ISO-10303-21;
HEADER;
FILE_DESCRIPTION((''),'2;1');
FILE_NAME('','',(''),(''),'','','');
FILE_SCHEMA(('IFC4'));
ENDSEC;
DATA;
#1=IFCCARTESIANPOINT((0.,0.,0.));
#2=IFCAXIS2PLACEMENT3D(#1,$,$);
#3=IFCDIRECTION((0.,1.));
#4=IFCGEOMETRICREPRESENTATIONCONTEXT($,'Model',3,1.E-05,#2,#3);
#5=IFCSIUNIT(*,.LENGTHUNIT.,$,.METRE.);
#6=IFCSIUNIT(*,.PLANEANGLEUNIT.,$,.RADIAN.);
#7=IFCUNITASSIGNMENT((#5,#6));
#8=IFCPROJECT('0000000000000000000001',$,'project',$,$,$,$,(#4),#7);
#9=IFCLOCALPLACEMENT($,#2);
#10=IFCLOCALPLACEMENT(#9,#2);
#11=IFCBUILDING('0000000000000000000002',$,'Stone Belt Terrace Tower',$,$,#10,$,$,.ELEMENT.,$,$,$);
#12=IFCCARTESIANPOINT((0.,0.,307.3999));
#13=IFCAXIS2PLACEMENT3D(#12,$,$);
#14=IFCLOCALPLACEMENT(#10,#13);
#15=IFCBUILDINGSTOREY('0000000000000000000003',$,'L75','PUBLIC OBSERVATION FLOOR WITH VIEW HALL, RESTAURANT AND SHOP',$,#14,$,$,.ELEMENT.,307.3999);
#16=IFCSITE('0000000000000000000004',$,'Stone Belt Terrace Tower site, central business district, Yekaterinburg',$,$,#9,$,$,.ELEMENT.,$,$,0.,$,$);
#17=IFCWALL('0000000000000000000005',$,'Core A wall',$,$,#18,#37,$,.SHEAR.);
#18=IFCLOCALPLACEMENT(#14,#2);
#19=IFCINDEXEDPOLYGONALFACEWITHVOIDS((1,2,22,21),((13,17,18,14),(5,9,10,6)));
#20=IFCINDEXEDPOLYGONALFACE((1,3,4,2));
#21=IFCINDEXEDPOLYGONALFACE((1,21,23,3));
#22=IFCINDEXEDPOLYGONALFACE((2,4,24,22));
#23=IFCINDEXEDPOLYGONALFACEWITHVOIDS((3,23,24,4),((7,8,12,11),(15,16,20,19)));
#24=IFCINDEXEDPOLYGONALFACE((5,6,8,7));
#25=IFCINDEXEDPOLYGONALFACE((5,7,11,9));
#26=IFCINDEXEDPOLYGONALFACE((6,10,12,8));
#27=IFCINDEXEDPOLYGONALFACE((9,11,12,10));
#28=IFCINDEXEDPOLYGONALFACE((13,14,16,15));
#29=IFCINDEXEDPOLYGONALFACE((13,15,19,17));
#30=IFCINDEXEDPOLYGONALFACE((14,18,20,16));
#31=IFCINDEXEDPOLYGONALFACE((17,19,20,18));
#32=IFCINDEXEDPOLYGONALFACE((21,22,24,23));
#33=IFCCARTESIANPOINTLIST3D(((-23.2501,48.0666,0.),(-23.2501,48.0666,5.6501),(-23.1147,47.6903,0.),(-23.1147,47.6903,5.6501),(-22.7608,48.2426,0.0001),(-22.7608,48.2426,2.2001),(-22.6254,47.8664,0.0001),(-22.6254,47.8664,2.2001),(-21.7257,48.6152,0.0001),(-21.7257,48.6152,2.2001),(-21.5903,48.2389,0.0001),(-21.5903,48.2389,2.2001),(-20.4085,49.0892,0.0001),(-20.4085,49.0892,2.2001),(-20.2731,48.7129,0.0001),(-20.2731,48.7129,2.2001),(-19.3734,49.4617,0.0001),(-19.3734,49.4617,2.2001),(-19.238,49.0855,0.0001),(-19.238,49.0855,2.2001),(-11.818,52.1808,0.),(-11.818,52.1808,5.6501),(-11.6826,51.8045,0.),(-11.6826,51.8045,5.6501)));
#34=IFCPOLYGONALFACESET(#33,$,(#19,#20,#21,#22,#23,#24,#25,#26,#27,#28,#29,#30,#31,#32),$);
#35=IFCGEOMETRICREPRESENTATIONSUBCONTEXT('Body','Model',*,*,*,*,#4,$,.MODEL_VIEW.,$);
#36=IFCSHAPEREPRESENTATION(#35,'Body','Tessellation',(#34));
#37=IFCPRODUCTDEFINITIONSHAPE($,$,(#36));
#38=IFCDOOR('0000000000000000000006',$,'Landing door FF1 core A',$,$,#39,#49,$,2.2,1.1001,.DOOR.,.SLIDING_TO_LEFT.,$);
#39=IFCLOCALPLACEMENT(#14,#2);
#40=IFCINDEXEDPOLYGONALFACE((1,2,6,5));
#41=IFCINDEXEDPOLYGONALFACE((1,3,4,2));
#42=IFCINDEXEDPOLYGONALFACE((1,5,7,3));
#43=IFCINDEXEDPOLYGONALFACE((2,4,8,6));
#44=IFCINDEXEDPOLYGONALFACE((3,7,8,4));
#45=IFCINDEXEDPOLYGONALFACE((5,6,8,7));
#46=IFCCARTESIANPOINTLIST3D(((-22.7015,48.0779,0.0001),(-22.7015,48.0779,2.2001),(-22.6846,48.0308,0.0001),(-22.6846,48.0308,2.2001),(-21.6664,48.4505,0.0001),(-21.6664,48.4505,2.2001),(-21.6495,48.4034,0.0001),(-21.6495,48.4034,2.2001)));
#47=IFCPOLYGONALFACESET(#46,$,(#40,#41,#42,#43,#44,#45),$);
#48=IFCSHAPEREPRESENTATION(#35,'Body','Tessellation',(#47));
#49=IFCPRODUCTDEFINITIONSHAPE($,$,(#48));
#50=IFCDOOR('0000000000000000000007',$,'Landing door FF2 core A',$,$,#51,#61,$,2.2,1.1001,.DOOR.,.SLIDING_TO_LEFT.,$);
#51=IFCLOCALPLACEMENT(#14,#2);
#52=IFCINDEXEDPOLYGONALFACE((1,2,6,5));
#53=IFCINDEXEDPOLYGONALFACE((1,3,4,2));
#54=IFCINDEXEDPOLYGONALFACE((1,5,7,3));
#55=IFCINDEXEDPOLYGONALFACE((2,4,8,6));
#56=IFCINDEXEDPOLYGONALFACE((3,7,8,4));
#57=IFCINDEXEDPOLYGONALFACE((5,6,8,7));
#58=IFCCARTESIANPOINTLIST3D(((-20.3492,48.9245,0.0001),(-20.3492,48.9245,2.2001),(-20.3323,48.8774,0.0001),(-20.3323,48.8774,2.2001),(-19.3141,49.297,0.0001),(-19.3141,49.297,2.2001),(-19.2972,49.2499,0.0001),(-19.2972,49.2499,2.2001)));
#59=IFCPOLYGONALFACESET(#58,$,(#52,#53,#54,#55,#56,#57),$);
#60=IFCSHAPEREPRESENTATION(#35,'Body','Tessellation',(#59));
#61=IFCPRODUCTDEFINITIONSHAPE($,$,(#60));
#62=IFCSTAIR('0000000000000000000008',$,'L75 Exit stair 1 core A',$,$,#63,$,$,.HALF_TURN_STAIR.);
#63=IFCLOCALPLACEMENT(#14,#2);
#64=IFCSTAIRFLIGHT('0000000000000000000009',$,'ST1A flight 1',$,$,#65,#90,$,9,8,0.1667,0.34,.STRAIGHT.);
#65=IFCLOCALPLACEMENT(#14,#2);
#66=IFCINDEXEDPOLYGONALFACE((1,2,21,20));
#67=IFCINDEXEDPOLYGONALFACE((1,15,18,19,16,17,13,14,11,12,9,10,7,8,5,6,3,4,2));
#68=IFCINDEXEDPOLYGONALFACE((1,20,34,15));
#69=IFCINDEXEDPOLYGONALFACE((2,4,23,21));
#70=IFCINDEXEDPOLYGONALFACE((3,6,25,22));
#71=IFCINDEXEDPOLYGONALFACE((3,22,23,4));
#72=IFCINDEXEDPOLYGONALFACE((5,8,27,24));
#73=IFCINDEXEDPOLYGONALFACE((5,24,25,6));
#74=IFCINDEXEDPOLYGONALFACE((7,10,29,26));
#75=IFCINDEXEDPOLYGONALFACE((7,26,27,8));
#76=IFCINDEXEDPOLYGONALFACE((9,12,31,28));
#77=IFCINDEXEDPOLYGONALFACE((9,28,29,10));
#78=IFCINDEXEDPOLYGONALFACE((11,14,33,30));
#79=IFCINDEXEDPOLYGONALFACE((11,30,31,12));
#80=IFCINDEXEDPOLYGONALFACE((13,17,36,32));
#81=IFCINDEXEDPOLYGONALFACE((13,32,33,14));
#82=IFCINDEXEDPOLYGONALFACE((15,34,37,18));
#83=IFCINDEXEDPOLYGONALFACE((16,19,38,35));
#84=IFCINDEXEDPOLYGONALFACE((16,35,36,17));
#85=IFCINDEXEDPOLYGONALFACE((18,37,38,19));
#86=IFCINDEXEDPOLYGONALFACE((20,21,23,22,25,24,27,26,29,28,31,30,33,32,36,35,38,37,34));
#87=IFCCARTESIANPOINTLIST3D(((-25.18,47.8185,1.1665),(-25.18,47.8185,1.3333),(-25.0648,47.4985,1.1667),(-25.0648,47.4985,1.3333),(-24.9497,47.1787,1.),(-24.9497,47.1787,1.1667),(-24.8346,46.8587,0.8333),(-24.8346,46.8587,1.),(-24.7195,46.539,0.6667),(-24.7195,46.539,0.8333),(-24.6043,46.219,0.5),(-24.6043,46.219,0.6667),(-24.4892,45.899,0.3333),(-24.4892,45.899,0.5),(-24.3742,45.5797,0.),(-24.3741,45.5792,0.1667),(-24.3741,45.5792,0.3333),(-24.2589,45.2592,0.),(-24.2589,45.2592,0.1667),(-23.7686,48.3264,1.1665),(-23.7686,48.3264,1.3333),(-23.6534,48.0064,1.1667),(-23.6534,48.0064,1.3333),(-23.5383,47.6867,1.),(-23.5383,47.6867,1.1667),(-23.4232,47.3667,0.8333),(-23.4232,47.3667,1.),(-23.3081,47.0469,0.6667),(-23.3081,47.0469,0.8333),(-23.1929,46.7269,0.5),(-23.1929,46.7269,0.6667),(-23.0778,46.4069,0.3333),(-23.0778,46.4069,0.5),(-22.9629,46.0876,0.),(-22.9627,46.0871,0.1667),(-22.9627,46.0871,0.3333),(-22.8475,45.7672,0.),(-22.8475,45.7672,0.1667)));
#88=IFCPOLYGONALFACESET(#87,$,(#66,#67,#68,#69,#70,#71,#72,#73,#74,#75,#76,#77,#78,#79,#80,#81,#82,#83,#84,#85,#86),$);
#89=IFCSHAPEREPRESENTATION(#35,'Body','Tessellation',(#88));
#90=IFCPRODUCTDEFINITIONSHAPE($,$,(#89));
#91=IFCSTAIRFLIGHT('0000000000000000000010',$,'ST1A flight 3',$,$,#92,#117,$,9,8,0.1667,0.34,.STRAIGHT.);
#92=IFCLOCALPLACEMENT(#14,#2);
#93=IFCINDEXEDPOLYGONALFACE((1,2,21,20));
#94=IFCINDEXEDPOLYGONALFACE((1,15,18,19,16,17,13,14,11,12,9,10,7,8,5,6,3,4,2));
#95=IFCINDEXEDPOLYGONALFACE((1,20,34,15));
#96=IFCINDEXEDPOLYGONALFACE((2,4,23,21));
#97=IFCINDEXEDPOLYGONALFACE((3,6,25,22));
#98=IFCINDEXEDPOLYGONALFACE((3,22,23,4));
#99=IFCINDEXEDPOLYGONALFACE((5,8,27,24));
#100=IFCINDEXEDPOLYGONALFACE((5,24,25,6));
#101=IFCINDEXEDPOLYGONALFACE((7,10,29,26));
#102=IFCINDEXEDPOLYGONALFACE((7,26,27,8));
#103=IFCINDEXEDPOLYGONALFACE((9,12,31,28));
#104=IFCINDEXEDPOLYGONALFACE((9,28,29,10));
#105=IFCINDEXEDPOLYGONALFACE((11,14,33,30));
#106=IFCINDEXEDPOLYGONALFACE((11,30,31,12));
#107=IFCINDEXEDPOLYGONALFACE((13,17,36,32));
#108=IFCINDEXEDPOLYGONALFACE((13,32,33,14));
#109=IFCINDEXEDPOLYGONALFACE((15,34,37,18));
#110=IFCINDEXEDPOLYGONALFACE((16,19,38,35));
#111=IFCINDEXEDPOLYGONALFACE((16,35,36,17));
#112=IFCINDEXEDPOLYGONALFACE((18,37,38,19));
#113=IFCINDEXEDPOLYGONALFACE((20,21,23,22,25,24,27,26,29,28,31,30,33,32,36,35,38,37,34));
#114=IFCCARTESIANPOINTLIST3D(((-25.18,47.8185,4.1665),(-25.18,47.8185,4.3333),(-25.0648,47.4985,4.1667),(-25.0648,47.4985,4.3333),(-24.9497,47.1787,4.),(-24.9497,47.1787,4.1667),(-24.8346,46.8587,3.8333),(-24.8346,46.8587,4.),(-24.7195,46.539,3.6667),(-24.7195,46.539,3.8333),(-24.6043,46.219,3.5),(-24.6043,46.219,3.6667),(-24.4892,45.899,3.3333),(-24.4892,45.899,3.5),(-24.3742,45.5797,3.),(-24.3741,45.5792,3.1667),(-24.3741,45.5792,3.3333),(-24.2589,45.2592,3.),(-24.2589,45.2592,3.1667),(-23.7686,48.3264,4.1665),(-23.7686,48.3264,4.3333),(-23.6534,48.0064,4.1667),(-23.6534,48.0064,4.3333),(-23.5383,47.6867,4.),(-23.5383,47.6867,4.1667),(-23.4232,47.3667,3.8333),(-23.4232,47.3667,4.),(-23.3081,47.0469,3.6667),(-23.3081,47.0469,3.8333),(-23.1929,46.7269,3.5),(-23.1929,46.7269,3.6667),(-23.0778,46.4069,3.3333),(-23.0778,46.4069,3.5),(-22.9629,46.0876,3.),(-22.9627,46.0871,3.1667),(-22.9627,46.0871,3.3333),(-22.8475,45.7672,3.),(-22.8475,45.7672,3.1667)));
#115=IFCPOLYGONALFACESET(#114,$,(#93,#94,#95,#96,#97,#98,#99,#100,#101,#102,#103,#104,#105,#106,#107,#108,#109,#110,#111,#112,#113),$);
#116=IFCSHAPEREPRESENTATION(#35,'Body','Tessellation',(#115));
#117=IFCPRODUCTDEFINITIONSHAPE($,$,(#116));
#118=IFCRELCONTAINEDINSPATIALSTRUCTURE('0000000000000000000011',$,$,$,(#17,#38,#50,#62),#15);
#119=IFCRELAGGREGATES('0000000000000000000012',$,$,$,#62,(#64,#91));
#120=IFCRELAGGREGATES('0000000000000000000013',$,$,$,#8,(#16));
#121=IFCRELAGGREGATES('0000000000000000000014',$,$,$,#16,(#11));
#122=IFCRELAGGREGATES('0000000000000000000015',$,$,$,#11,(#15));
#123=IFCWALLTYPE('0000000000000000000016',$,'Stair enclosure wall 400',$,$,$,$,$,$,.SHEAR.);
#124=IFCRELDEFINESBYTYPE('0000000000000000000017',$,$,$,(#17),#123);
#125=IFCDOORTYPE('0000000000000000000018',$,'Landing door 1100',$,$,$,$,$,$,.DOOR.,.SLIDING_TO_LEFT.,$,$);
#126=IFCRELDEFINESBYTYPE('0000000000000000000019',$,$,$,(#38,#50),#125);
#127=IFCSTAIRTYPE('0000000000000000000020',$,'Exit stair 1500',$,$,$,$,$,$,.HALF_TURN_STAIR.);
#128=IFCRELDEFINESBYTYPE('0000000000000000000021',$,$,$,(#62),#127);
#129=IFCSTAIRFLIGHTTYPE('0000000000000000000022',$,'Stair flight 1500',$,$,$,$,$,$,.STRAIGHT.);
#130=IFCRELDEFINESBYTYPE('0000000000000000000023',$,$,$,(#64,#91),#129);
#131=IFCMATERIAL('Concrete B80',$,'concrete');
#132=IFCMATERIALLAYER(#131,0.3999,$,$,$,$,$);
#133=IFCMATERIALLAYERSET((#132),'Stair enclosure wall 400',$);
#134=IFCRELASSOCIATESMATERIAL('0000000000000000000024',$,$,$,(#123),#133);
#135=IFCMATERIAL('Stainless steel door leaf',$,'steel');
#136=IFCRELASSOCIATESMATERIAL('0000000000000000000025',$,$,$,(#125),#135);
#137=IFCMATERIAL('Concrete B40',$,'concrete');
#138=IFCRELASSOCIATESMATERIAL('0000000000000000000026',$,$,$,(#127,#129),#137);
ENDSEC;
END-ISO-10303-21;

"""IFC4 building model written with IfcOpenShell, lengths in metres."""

from ifc_helpers import new_model, si_unit, direction, frame, frame_2d, origin, place, context, subcontext, project, spatial, polyline, rectangle, outline, extrude, material, layer, layer_set, type_object, element, fill, aggregate, save


model = new_model("IFC4")

# Units and contexts
model_context = context("Model", 3, precision=1e-05, world=origin(), true_north=direction((0.0, 1.0)))
body_context = subcontext(model_context, "Body", "Model", "MODEL_VIEW")
ifc_project = project(units=[si_unit("LENGTHUNIT", "METRE"), si_unit("PLANEANGLEUNIT", "RADIAN")], contexts=[model_context])

# Site, building, storey
site_placement = place(None, origin())
site = spatial("IfcSite", under=ifc_project, at=site_placement, Name="Stone Belt Terrace Tower site, central business district, Yekaterinburg", CompositionType="ELEMENT", RefElevation=0.0)
building_placement = place(site_placement, origin())
building = spatial("IfcBuilding", under=site, at=building_placement, Name="Stone Belt Terrace Tower", CompositionType="ELEMENT")
storey_placement = place(building_placement, frame((0.0, 0.0, 307.3999)))
storey = spatial("IfcBuildingStorey", under=building, at=storey_placement, Name="L75", Description="PUBLIC OBSERVATION FLOOR WITH VIEW HALL, RESTAURANT AND SHOP", CompositionType="ELEMENT", Elevation=307.3999)

# Shared definitions
ifc_material_1 = material(Name="Concrete B80", Category="concrete")

# Shared definitions
ifc_layer_1 = layer(ifc_material_1, 0.3999)
ifc_layer_set_1 = layer_set([ifc_layer_1], Name="Stair enclosure wall 400")
wall_type_1 = type_object("IfcWallType", Name="Stair enclosure wall 400", PredefinedType="SHEAR", material=ifc_layer_set_1)

# Wall, openings, doors
wall_1_placement = place(storey_placement, frame((-23.1824, 47.8784, 0.0), z_axis=(0.0, 0.0, 1.0), x_axis=(0.940922, 0.338624, 0.0)))
wall_1 = element("IfcWall", 1, at=wall_1_placement, inside=storey, type_object=wall_type_1, Name="Core A wall", PredefinedType="SHEAR", context=body_context, shape_type="SweptSolid", body=[
    extrude(rectangle(XDim=12.1499, YDim=0.3999, at=frame_2d((6.075, 0.0))), origin(), (0.0, 0.0, 1.0), 5.6501),
])
opening_1_placement = place(wall_1_placement, frame((0.52, 0.0, 0.0)))
opening_1 = element("IfcOpeningElement", 2, at=opening_1_placement, cuts=wall_1, PredefinedType="OPENING", context=body_context, shape_type="SweptSolid", body=[
    extrude(rectangle(XDim=1.1001, YDim=2.2, at=frame_2d((0.55, 1.1001))), frame((0.0, 0.21, 0.0), z_axis=(0.0, -1.0, 0.0), x_axis=(1.0, 0.0, 0.0)), (0.0, 0.0, 1.0), 0.4199),
])
opening_2_placement = place(wall_1_placement, frame((3.02, 0.0, 0.0)))
opening_2 = element("IfcOpeningElement", 3, at=opening_2_placement, cuts=wall_1, PredefinedType="OPENING", context=body_context, shape_type="SweptSolid", body=[
    extrude(rectangle(XDim=1.1001, YDim=2.2, at=frame_2d((0.55, 1.1001))), frame((0.0, 0.21, 0.0), z_axis=(0.0, -1.0, 0.0), x_axis=(1.0, 0.0, 0.0)), (0.0, 0.0, 1.0), 0.4199),
])
ifc_material_2 = material(Name="Stainless steel door leaf", Category="steel")
door_type_1 = type_object("IfcDoorType", Name="Landing door 1100", OperationType="SLIDING_TO_LEFT", PredefinedType="DOOR", material=ifc_material_2)
door_1_placement = place(opening_1_placement, origin())
door_1 = element("IfcDoor", 4, at=door_1_placement, inside=storey, type_object=door_type_1, Name="Landing door FF1 core A", OperationType="SLIDING_TO_LEFT", OverallHeight=2.2, OverallWidth=1.1001, PredefinedType="DOOR", context=body_context, shape_type="SweptSolid", body=[
    extrude(rectangle(XDim=1.1001, YDim=2.2, at=frame_2d((0.55, 1.1001))), frame((0.0, 0.0249, 0.0), z_axis=(0.0, -1.0, 0.0), x_axis=(1.0, 0.0, 0.0)), (0.0, 0.0, 1.0), 0.05),
])
fill(opening_1, door_1)
door_2_placement = place(opening_2_placement, origin())
door_2 = element("IfcDoor", 5, at=door_2_placement, inside=storey, type_object=door_type_1, Name="Landing door FF2 core A", OperationType="SLIDING_TO_LEFT", OverallHeight=2.2, OverallWidth=1.1001, PredefinedType="DOOR", context=body_context, shape_type="SweptSolid", body=[
    extrude(rectangle(XDim=1.1001, YDim=2.2, at=frame_2d((0.55, 1.1001))), frame((0.0, 0.0249, 0.0), z_axis=(0.0, -1.0, 0.0), x_axis=(1.0, 0.0, 0.0)), (0.0, 0.0, 1.0), 0.05),
])
fill(opening_2, door_2)

# Stair, stair flights
ifc_material_3 = material(Name="Concrete B40", Category="concrete")
stair_type = type_object("IfcStairType", Name="Exit stair 1500", PredefinedType="HALF_TURN_STAIR", material=ifc_material_3)
stair_placement = place(storey_placement, origin())
stair = element("IfcStair", 6, at=stair_placement, inside=storey, type_object=stair_type, Name="L75 Exit stair 1 core A", PredefinedType="HALF_TURN_STAIR")
stair_flight_type = type_object("IfcStairFlightType", Name="Stair flight 1500", PredefinedType="STRAIGHT", material=ifc_material_3)
stair_flight_1_placement = place(storey_placement, frame((-23.5532, 45.5132, 0.0), z_axis=(0.0, 0.0, 1.0), x_axis=(-0.338624, 0.940922, 0.0)))
stair_flight_1 = element("IfcStairFlight", 7, at=stair_flight_1_placement, type_object=stair_flight_type, Name="ST1A flight 1", NumberOfRisers=9, NumberOfTreads=8, PredefinedType="STRAIGHT", RiserHeight=0.1667, TreadLength=0.34, context=body_context, shape_type="SweptSolid", body=[
    extrude(outline(polyline([(0.0, 0.0), (0.0, 0.1667), (0.3401, 0.1667), (0.3401, 0.3333), (0.6799, 0.3333), (0.6799, 0.5), (1.02, 0.5), (1.02, 0.6667), (1.3601, 0.6667), (1.3601, 0.8333), (1.7, 0.8333), (1.7, 1.0), (2.04, 1.0), (2.04, 1.1667), (2.3799, 1.1667), (2.3799, 1.3333), (2.72, 1.3333), (2.72, 1.5), (2.72, 1.1665), (0.3406, 0.0), (0.0, 0.0)])), frame((0.0, 0.75, 0.0), z_axis=(0.0, -1.0, 0.0), x_axis=(1.0, 0.0, 0.0)), (0.0, 0.0, 1.0), 1.5),
])
stair_flight_2_placement = place(storey_placement, frame((-23.5532, 45.5132, 3.0), z_axis=(0.0, 0.0, 1.0), x_axis=(-0.338624, 0.940922, 0.0)))
stair_flight_2 = element("IfcStairFlight", 8, at=stair_flight_2_placement, type_object=stair_flight_type, Name="ST1A flight 3", NumberOfRisers=9, NumberOfTreads=8, PredefinedType="STRAIGHT", RiserHeight=0.1667, TreadLength=0.34, context=body_context, shape_type="SweptSolid", body=[
    extrude(outline(polyline([(0.0, 0.0), (0.0, 0.1667), (0.3401, 0.1667), (0.3401, 0.3333), (0.6799, 0.3333), (0.6799, 0.5), (1.02, 0.5), (1.02, 0.6667), (1.3601, 0.6667), (1.3601, 0.8333), (1.7, 0.8333), (1.7, 1.0), (2.04, 1.0), (2.04, 1.1667), (2.3799, 1.1667), (2.3799, 1.3333), (2.72, 1.3333), (2.72, 1.5), (2.72, 1.1665), (0.3406, 0.0), (0.0, 0.0)])), frame((0.0, 0.75, 0.0), z_axis=(0.0, -1.0, 0.0), x_axis=(1.0, 0.0, 0.0)), (0.0, 0.0, 1.0), 1.5),
])
aggregate(stair, [stair_flight_1, stair_flight_2])

save(model, "model.ifc")
